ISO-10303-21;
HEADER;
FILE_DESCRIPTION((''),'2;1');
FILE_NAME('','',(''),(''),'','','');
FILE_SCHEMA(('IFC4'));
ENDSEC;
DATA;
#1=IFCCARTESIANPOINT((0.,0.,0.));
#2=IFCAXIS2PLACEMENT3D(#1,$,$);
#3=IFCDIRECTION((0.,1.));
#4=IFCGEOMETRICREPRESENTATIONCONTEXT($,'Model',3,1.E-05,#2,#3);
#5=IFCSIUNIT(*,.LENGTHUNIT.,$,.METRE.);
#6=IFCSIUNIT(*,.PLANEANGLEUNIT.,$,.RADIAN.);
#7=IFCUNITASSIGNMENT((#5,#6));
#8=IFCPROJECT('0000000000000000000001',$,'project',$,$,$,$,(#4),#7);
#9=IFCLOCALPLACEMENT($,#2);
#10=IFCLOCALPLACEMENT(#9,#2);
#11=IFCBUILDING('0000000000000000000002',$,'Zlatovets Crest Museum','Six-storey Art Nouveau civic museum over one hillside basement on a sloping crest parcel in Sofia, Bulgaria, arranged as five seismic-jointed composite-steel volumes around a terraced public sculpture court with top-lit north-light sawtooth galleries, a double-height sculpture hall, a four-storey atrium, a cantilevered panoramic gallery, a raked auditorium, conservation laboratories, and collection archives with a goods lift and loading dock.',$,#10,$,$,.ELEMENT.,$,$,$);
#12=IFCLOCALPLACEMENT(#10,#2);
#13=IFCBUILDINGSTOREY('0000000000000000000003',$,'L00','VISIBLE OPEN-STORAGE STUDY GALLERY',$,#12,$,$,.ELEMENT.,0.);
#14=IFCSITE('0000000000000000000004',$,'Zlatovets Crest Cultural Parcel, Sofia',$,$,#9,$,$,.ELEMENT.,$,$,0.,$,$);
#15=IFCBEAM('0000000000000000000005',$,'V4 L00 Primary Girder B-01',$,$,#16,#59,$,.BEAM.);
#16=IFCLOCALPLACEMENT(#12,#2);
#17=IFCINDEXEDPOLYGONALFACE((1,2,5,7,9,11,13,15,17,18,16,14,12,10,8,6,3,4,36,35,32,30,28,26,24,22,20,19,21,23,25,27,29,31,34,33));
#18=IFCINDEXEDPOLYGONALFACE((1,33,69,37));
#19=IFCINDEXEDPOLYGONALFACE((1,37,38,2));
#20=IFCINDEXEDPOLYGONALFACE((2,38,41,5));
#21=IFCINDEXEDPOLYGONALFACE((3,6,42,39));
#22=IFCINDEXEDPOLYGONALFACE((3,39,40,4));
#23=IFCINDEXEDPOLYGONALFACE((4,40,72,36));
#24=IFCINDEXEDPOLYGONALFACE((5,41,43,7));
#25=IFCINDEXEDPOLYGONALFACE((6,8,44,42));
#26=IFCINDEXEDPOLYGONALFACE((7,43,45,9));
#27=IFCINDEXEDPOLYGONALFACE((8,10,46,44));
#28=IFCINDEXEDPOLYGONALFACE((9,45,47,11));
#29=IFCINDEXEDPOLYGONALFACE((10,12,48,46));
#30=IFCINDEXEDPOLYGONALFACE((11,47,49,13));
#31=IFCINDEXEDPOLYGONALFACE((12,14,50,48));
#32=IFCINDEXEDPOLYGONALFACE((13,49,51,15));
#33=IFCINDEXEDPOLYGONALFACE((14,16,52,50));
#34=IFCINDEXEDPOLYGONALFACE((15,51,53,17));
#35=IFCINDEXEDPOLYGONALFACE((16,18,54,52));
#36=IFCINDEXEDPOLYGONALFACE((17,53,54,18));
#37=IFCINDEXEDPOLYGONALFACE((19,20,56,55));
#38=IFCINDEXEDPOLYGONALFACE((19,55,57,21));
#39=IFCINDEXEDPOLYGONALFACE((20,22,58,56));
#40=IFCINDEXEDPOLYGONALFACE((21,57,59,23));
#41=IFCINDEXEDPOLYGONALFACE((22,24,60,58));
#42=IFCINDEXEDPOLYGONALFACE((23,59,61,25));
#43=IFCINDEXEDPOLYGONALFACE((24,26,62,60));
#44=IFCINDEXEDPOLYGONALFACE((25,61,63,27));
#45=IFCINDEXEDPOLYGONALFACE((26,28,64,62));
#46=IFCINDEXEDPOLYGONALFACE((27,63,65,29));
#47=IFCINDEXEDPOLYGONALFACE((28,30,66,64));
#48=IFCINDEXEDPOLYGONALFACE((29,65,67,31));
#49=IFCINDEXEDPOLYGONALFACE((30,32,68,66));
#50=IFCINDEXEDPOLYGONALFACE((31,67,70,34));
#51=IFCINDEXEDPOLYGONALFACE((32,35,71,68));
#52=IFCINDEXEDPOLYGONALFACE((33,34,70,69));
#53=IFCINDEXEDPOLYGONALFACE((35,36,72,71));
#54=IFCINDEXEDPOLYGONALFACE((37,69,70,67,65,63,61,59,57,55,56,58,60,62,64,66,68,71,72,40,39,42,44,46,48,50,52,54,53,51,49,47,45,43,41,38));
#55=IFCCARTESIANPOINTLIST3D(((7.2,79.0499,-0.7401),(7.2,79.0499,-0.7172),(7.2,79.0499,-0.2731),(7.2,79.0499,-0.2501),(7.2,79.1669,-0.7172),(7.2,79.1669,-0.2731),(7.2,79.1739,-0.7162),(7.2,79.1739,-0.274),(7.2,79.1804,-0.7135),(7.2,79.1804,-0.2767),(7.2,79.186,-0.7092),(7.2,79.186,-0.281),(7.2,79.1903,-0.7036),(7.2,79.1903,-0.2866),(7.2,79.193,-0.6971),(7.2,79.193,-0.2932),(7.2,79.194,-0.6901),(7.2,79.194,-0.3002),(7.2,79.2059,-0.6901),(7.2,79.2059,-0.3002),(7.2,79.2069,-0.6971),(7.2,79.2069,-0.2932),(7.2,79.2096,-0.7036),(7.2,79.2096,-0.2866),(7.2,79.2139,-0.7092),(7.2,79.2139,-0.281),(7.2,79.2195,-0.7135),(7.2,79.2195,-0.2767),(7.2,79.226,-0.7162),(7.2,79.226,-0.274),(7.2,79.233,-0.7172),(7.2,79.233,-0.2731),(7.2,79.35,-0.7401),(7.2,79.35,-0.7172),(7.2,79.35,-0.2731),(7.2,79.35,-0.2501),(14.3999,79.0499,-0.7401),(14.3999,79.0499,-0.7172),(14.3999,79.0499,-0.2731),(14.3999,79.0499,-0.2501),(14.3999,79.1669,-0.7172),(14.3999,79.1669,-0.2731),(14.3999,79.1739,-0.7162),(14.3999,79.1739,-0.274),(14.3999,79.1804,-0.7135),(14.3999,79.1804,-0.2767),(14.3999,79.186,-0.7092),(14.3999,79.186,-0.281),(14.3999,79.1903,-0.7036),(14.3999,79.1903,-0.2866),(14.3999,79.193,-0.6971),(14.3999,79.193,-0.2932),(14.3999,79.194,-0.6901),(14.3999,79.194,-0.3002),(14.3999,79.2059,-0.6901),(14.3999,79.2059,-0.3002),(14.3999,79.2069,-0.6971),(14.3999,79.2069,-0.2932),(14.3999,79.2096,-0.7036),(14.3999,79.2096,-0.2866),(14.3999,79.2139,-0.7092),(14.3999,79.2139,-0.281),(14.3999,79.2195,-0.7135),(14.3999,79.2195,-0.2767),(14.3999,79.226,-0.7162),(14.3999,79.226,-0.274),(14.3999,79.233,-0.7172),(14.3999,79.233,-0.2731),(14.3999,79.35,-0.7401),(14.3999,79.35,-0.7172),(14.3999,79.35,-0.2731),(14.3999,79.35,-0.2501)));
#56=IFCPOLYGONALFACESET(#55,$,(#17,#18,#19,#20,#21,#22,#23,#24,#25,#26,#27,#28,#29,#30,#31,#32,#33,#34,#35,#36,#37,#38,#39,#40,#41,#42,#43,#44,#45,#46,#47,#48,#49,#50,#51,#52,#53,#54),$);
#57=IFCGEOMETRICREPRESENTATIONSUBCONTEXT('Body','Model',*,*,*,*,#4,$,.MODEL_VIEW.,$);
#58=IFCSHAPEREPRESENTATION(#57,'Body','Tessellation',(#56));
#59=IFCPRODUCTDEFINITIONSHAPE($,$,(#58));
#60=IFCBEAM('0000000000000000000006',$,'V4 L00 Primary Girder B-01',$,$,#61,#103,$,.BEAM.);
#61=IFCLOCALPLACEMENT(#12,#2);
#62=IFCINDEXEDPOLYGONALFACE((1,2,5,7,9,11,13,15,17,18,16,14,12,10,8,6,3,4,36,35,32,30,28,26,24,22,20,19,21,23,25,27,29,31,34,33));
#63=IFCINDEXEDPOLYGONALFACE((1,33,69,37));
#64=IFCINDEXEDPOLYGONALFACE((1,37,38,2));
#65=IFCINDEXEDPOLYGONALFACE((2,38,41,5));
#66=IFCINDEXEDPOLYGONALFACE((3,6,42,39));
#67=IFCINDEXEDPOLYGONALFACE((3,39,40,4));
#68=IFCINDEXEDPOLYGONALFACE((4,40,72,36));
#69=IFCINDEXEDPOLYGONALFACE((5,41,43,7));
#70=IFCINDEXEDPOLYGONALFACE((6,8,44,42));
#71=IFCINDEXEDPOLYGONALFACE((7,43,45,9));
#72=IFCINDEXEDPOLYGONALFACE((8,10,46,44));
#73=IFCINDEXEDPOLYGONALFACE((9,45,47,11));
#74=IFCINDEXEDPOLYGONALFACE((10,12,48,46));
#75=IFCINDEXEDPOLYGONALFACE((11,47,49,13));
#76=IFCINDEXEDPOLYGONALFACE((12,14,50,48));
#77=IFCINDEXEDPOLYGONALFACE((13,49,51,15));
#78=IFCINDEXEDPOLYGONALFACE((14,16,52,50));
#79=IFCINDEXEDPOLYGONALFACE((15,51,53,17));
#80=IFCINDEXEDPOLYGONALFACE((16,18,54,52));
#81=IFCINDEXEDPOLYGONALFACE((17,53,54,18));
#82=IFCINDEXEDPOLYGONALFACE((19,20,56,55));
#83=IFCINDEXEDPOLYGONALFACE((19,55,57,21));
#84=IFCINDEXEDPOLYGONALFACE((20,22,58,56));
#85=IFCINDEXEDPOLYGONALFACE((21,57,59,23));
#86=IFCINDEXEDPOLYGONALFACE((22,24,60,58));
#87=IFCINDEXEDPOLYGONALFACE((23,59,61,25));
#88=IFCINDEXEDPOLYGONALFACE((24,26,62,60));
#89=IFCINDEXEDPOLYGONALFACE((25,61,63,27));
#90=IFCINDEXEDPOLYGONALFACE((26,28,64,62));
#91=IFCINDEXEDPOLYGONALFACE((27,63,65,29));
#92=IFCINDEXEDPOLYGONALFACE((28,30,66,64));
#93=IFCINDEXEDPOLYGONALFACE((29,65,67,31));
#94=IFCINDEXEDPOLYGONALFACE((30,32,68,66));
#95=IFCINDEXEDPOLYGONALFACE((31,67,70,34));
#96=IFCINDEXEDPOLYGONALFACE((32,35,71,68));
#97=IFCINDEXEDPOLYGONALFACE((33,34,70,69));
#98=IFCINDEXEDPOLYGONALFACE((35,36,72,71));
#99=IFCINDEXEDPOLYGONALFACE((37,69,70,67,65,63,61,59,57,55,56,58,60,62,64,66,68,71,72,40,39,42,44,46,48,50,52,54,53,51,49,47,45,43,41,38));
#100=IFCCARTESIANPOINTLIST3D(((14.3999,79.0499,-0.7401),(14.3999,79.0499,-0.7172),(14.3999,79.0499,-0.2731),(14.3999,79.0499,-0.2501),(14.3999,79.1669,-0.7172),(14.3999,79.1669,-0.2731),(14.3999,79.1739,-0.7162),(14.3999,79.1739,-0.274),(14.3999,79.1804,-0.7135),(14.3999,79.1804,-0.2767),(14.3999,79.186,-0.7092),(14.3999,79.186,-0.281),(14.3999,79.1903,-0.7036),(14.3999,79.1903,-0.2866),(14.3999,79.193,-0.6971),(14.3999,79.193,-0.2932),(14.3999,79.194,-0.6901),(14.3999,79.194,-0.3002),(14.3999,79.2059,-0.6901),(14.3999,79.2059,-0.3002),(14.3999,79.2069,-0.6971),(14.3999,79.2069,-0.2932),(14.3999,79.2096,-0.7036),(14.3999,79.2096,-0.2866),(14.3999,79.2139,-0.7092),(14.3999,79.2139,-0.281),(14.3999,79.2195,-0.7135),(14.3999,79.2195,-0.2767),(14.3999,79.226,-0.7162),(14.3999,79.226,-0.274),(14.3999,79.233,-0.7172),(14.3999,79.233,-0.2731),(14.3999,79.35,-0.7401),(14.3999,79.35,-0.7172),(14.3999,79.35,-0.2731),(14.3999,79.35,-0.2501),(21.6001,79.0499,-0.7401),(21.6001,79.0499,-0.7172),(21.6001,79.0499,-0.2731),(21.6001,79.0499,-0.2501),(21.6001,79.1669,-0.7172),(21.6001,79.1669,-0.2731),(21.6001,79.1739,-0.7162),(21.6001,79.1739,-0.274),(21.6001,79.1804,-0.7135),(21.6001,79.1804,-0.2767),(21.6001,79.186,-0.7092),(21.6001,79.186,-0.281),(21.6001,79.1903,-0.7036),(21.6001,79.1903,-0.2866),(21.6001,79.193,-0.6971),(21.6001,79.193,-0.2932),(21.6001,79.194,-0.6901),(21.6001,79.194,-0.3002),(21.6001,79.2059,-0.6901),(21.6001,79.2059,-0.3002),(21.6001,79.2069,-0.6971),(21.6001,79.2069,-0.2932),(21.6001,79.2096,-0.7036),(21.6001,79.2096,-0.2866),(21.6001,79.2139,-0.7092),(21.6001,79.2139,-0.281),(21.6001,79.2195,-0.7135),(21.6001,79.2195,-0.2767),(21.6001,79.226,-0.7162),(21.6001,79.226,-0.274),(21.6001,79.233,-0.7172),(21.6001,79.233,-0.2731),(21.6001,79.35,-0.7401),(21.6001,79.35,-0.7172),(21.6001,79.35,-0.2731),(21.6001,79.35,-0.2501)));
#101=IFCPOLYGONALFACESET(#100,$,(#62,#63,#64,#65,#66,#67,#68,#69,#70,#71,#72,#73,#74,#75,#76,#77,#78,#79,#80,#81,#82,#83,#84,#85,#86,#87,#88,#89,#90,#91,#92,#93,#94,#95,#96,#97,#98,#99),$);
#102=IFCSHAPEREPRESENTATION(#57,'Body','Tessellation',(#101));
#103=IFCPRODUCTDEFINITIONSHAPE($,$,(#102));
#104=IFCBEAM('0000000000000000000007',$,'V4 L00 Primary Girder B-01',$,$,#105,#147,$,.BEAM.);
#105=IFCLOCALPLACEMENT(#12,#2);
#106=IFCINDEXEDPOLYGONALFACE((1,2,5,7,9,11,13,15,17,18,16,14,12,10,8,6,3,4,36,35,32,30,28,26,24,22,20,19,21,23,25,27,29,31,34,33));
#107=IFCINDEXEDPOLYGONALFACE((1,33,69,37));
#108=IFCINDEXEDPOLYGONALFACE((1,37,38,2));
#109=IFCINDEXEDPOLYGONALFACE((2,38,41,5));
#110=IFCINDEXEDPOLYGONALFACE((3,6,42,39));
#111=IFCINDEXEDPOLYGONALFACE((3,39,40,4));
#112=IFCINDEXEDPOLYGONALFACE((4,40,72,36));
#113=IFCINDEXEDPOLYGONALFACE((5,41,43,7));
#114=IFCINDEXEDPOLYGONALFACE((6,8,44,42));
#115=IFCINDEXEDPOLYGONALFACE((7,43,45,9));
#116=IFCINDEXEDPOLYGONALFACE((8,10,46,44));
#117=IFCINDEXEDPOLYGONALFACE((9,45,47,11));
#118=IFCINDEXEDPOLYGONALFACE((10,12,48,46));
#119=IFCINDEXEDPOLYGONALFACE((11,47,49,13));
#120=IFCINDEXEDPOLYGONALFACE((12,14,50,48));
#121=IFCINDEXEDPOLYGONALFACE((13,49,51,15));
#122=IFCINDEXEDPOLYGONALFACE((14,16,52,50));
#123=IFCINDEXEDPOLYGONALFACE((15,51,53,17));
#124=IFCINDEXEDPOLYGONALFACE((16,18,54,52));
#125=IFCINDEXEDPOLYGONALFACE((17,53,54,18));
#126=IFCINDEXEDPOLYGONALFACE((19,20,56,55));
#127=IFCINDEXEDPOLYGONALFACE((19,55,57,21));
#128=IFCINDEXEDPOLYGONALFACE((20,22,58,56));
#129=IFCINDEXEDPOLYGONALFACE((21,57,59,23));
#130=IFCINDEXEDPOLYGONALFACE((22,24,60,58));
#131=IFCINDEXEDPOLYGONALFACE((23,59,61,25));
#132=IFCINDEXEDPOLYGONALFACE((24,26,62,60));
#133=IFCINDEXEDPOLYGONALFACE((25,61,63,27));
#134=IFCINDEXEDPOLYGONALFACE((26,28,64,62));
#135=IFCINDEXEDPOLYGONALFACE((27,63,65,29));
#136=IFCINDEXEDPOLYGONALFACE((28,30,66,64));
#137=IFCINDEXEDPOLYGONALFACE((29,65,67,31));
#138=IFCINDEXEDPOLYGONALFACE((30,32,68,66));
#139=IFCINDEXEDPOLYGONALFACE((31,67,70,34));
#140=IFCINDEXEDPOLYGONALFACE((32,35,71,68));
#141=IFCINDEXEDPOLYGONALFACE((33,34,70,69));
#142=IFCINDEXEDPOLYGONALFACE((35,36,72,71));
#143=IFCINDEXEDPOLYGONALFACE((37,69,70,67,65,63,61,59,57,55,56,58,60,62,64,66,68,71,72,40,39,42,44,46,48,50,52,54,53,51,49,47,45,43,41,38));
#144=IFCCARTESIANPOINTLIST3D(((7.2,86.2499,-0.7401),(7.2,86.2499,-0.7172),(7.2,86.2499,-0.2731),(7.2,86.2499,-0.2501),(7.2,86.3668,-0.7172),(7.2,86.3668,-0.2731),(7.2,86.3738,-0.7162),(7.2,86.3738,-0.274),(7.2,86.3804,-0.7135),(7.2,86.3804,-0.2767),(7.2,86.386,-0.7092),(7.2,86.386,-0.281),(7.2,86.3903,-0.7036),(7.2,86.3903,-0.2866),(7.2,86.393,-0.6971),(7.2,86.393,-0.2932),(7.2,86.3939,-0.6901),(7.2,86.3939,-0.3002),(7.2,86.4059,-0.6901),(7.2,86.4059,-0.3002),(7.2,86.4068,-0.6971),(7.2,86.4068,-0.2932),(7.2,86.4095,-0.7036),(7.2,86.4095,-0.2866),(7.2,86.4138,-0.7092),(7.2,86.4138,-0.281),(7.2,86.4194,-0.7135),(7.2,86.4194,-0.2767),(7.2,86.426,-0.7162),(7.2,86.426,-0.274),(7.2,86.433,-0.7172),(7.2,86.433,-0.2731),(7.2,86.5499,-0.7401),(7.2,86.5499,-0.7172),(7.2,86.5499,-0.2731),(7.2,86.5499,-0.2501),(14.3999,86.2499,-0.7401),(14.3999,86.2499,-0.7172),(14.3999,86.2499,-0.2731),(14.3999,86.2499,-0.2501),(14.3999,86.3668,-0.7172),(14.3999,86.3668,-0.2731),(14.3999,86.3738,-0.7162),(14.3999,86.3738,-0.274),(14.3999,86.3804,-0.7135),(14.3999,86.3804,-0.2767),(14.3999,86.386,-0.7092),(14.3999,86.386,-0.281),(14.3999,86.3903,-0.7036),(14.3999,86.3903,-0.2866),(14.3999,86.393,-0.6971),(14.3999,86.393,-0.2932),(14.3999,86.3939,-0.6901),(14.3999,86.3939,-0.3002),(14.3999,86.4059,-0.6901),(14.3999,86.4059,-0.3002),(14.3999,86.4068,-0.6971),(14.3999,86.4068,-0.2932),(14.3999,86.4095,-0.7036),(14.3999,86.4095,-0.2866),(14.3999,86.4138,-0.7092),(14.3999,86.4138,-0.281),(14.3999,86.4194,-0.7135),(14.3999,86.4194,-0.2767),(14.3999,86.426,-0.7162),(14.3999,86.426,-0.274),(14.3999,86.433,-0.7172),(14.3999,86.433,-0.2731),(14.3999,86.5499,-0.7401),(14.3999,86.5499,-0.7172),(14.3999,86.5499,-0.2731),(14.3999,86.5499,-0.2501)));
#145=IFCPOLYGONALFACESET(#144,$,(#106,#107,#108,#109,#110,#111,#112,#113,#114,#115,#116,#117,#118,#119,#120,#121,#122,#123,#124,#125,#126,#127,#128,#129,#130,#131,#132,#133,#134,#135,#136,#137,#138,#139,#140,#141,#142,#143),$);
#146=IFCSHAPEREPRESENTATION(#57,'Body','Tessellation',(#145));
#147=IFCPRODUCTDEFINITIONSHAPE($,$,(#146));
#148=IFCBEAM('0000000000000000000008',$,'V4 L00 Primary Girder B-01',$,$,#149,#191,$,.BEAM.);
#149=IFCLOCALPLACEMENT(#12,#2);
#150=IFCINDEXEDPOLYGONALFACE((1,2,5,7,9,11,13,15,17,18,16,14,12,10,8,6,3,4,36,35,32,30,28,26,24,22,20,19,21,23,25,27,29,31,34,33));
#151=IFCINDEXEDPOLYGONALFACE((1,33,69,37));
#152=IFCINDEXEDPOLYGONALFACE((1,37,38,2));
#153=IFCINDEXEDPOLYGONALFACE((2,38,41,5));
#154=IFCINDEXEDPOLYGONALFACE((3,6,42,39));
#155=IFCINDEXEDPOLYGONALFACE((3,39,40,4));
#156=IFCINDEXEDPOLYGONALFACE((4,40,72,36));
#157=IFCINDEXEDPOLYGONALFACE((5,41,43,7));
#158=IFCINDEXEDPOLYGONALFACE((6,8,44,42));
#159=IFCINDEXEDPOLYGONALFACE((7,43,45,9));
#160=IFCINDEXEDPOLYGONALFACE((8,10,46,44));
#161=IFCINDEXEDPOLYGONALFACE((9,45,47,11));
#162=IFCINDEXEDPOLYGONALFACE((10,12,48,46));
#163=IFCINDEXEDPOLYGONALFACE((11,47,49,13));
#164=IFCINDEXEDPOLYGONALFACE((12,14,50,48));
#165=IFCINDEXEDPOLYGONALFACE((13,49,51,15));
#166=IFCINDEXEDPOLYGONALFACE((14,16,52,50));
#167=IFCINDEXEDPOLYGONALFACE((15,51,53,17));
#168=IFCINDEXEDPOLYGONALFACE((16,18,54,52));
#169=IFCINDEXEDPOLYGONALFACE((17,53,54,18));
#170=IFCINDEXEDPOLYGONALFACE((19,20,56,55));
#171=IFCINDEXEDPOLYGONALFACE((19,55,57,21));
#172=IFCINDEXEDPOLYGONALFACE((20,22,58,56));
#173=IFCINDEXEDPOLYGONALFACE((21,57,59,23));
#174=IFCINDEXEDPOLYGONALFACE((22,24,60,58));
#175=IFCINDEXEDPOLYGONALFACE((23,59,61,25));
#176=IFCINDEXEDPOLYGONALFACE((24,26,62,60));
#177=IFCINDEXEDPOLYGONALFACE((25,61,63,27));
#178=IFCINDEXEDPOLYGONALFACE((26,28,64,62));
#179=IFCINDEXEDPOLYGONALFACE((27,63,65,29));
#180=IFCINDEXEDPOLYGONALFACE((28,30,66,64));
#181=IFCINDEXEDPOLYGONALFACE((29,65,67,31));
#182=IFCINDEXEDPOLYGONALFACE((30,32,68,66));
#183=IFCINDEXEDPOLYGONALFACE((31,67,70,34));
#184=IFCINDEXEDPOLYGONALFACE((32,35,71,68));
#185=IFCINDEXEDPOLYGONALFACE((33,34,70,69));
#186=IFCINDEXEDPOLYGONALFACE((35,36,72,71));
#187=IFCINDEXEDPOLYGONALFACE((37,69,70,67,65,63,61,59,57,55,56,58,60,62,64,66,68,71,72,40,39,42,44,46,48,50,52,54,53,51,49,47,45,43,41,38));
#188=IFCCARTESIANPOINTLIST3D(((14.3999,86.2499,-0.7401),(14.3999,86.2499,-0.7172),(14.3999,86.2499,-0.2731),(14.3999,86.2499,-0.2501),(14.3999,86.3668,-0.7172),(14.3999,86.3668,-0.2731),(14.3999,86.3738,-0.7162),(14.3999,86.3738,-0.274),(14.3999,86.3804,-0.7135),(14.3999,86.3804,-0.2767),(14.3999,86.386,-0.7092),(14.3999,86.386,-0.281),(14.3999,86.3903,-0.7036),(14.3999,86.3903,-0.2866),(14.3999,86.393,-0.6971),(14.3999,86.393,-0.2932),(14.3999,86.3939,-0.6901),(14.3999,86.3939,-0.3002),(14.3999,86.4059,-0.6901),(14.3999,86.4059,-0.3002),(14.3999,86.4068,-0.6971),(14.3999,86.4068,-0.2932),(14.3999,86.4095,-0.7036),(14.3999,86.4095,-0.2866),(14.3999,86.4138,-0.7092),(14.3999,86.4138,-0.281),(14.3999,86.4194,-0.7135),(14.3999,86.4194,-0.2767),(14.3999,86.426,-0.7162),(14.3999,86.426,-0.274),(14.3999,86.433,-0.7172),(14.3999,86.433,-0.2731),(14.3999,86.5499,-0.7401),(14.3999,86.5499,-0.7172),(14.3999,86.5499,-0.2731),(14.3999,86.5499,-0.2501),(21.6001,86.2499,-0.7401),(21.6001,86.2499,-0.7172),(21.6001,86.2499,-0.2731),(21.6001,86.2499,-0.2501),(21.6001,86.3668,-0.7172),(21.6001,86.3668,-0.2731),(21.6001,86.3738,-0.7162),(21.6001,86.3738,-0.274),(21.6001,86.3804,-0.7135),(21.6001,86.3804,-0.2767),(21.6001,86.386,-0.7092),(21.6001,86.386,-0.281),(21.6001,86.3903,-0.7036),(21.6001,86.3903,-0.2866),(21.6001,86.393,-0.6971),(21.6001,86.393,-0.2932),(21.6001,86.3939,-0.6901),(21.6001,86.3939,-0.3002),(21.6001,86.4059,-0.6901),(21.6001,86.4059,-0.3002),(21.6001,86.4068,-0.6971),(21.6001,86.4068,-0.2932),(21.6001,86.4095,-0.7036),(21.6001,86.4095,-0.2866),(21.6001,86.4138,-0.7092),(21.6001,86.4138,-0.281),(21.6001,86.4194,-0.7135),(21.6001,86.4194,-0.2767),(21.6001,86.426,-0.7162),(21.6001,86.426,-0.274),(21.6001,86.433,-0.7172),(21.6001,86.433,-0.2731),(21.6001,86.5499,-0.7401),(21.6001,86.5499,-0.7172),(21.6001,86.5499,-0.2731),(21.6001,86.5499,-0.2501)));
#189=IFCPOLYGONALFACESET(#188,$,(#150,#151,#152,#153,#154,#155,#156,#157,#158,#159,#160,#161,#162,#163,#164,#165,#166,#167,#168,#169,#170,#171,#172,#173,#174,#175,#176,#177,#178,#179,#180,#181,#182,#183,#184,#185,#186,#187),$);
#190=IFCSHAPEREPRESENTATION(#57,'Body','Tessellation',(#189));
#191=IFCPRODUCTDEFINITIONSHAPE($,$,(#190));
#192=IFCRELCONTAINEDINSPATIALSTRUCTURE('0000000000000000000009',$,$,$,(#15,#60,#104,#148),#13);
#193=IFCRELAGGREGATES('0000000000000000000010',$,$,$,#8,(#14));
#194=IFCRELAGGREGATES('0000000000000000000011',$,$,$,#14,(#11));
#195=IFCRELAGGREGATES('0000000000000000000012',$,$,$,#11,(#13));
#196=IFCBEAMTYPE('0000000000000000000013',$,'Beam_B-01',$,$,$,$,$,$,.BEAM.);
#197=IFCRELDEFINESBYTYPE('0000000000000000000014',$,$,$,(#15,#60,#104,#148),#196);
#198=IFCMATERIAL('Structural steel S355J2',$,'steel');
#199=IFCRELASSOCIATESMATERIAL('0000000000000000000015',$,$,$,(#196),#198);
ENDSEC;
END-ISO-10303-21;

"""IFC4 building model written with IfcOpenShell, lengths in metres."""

from ifc_helpers import new_model, si_unit, direction, frame, origin, origin_2d, place, context, subcontext, project, spatial, i_section, extrude, material, material_profile, profile_set, type_object, element, save


model = new_model("IFC4")

# Units and contexts
model_context = context("Model", 3, precision=1e-05, world=origin(), true_north=direction((0.0, 1.0)))
body_context = subcontext(model_context, "Body", "Model", "MODEL_VIEW")
ifc_project = project(units=[si_unit("LENGTHUNIT", "METRE"), si_unit("PLANEANGLEUNIT", "RADIAN")], contexts=[model_context])

# Site, building, storey
site_placement = place(None, origin())
site = spatial("IfcSite", under=ifc_project, at=site_placement, Name="Zlatovets Crest Cultural Parcel, Sofia", CompositionType="ELEMENT", RefElevation=0.0)
building_placement = place(site_placement, origin())
building = spatial("IfcBuilding", under=site, at=building_placement, Name="Zlatovets Crest Museum", Description="Six-storey Art Nouveau civic museum over one hillside basement on a sloping crest parcel in Sofia, Bulgaria, arranged as five seismic-jointed composite-steel volumes around a terraced public sculpture court with top-lit north-light sawtooth galleries, a double-height sculpture hall, a four-storey atrium, a cantilevered panoramic gallery, a raked auditorium, conservation laboratories, and collection archives with a goods lift and loading dock.", CompositionType="ELEMENT")
storey_placement = place(building_placement, origin())
storey = spatial("IfcBuildingStorey", under=building, at=storey_placement, Name="L00", Description="VISIBLE OPEN-STORAGE STUDY GALLERY", CompositionType="ELEMENT", Elevation=0.0)

# Shared definitions
ifc_material_1 = material(Name="Structural steel S355J2", Category="steel")

# Beams
ifc_material_profile_1 = material_profile(ifc_material_1, i_section(OverallWidth=0.3, OverallDepth=0.49, WebThickness=0.012, FlangeThickness=0.0229, FilletRadius=0.0271, at=origin_2d()), Name="HEA 500")
ifc_profile_set_1 = profile_set([ifc_material_profile_1], Name="Structural steel S355J2")
beam_type_1 = type_object("IfcBeamType", Name="Beam_B-01", PredefinedType="BEAM", material=ifc_profile_set_1)
beam_1_placement = place(storey_placement, frame((7.2, 79.2, -0.4951), z_axis=(1.0, 0.0, 0.0), x_axis=(0.0, 1.0, 0.0)))
element("IfcBeam", 1, at=beam_1_placement, inside=storey, type_object=beam_type_1, Name="V4 L00 Primary Girder B-01", PredefinedType="BEAM", context=body_context, shape_type="SweptSolid", body=[
    extrude(i_section(OverallWidth=0.3, OverallDepth=0.49, WebThickness=0.012, FlangeThickness=0.0229, FilletRadius=0.0271, at=origin_2d()), origin(), (0.0, 0.0, 1.0), 7.2),
])
beam_2_placement = place(storey_placement, frame((14.3999, 79.2, -0.4951), z_axis=(1.0, 0.0, 0.0), x_axis=(0.0, 1.0, 0.0)))
element("IfcBeam", 2, at=beam_2_placement, inside=storey, type_object=beam_type_1, Name="V4 L00 Primary Girder B-01", PredefinedType="BEAM", context=body_context, shape_type="SweptSolid", body=[
    extrude(i_section(OverallWidth=0.3, OverallDepth=0.49, WebThickness=0.012, FlangeThickness=0.0229, FilletRadius=0.0271, at=origin_2d()), origin(), (0.0, 0.0, 1.0), 7.2002),
])
beam_3_placement = place(storey_placement, frame((7.2, 86.3999, -0.4951), z_axis=(1.0, 0.0, 0.0), x_axis=(0.0, 1.0, 0.0)))
element("IfcBeam", 3, at=beam_3_placement, inside=storey, type_object=beam_type_1, Name="V4 L00 Primary Girder B-01", PredefinedType="BEAM", context=body_context, shape_type="SweptSolid", body=[
    extrude(i_section(OverallWidth=0.3, OverallDepth=0.49, WebThickness=0.012, FlangeThickness=0.0229, FilletRadius=0.0271, at=origin_2d()), origin(), (0.0, 0.0, 1.0), 7.2),
])
beam_4_placement = place(storey_placement, frame((14.3999, 86.3999, -0.4951), z_axis=(1.0, 0.0, 0.0), x_axis=(0.0, 1.0, 0.0)))
element("IfcBeam", 4, at=beam_4_placement, inside=storey, type_object=beam_type_1, Name="V4 L00 Primary Girder B-01", PredefinedType="BEAM", context=body_context, shape_type="SweptSolid", body=[
    extrude(i_section(OverallWidth=0.3, OverallDepth=0.49, WebThickness=0.012, FlangeThickness=0.0229, FilletRadius=0.0271, at=origin_2d()), origin(), (0.0, 0.0, 1.0), 7.2002),
])

save(model, "model.ifc")
